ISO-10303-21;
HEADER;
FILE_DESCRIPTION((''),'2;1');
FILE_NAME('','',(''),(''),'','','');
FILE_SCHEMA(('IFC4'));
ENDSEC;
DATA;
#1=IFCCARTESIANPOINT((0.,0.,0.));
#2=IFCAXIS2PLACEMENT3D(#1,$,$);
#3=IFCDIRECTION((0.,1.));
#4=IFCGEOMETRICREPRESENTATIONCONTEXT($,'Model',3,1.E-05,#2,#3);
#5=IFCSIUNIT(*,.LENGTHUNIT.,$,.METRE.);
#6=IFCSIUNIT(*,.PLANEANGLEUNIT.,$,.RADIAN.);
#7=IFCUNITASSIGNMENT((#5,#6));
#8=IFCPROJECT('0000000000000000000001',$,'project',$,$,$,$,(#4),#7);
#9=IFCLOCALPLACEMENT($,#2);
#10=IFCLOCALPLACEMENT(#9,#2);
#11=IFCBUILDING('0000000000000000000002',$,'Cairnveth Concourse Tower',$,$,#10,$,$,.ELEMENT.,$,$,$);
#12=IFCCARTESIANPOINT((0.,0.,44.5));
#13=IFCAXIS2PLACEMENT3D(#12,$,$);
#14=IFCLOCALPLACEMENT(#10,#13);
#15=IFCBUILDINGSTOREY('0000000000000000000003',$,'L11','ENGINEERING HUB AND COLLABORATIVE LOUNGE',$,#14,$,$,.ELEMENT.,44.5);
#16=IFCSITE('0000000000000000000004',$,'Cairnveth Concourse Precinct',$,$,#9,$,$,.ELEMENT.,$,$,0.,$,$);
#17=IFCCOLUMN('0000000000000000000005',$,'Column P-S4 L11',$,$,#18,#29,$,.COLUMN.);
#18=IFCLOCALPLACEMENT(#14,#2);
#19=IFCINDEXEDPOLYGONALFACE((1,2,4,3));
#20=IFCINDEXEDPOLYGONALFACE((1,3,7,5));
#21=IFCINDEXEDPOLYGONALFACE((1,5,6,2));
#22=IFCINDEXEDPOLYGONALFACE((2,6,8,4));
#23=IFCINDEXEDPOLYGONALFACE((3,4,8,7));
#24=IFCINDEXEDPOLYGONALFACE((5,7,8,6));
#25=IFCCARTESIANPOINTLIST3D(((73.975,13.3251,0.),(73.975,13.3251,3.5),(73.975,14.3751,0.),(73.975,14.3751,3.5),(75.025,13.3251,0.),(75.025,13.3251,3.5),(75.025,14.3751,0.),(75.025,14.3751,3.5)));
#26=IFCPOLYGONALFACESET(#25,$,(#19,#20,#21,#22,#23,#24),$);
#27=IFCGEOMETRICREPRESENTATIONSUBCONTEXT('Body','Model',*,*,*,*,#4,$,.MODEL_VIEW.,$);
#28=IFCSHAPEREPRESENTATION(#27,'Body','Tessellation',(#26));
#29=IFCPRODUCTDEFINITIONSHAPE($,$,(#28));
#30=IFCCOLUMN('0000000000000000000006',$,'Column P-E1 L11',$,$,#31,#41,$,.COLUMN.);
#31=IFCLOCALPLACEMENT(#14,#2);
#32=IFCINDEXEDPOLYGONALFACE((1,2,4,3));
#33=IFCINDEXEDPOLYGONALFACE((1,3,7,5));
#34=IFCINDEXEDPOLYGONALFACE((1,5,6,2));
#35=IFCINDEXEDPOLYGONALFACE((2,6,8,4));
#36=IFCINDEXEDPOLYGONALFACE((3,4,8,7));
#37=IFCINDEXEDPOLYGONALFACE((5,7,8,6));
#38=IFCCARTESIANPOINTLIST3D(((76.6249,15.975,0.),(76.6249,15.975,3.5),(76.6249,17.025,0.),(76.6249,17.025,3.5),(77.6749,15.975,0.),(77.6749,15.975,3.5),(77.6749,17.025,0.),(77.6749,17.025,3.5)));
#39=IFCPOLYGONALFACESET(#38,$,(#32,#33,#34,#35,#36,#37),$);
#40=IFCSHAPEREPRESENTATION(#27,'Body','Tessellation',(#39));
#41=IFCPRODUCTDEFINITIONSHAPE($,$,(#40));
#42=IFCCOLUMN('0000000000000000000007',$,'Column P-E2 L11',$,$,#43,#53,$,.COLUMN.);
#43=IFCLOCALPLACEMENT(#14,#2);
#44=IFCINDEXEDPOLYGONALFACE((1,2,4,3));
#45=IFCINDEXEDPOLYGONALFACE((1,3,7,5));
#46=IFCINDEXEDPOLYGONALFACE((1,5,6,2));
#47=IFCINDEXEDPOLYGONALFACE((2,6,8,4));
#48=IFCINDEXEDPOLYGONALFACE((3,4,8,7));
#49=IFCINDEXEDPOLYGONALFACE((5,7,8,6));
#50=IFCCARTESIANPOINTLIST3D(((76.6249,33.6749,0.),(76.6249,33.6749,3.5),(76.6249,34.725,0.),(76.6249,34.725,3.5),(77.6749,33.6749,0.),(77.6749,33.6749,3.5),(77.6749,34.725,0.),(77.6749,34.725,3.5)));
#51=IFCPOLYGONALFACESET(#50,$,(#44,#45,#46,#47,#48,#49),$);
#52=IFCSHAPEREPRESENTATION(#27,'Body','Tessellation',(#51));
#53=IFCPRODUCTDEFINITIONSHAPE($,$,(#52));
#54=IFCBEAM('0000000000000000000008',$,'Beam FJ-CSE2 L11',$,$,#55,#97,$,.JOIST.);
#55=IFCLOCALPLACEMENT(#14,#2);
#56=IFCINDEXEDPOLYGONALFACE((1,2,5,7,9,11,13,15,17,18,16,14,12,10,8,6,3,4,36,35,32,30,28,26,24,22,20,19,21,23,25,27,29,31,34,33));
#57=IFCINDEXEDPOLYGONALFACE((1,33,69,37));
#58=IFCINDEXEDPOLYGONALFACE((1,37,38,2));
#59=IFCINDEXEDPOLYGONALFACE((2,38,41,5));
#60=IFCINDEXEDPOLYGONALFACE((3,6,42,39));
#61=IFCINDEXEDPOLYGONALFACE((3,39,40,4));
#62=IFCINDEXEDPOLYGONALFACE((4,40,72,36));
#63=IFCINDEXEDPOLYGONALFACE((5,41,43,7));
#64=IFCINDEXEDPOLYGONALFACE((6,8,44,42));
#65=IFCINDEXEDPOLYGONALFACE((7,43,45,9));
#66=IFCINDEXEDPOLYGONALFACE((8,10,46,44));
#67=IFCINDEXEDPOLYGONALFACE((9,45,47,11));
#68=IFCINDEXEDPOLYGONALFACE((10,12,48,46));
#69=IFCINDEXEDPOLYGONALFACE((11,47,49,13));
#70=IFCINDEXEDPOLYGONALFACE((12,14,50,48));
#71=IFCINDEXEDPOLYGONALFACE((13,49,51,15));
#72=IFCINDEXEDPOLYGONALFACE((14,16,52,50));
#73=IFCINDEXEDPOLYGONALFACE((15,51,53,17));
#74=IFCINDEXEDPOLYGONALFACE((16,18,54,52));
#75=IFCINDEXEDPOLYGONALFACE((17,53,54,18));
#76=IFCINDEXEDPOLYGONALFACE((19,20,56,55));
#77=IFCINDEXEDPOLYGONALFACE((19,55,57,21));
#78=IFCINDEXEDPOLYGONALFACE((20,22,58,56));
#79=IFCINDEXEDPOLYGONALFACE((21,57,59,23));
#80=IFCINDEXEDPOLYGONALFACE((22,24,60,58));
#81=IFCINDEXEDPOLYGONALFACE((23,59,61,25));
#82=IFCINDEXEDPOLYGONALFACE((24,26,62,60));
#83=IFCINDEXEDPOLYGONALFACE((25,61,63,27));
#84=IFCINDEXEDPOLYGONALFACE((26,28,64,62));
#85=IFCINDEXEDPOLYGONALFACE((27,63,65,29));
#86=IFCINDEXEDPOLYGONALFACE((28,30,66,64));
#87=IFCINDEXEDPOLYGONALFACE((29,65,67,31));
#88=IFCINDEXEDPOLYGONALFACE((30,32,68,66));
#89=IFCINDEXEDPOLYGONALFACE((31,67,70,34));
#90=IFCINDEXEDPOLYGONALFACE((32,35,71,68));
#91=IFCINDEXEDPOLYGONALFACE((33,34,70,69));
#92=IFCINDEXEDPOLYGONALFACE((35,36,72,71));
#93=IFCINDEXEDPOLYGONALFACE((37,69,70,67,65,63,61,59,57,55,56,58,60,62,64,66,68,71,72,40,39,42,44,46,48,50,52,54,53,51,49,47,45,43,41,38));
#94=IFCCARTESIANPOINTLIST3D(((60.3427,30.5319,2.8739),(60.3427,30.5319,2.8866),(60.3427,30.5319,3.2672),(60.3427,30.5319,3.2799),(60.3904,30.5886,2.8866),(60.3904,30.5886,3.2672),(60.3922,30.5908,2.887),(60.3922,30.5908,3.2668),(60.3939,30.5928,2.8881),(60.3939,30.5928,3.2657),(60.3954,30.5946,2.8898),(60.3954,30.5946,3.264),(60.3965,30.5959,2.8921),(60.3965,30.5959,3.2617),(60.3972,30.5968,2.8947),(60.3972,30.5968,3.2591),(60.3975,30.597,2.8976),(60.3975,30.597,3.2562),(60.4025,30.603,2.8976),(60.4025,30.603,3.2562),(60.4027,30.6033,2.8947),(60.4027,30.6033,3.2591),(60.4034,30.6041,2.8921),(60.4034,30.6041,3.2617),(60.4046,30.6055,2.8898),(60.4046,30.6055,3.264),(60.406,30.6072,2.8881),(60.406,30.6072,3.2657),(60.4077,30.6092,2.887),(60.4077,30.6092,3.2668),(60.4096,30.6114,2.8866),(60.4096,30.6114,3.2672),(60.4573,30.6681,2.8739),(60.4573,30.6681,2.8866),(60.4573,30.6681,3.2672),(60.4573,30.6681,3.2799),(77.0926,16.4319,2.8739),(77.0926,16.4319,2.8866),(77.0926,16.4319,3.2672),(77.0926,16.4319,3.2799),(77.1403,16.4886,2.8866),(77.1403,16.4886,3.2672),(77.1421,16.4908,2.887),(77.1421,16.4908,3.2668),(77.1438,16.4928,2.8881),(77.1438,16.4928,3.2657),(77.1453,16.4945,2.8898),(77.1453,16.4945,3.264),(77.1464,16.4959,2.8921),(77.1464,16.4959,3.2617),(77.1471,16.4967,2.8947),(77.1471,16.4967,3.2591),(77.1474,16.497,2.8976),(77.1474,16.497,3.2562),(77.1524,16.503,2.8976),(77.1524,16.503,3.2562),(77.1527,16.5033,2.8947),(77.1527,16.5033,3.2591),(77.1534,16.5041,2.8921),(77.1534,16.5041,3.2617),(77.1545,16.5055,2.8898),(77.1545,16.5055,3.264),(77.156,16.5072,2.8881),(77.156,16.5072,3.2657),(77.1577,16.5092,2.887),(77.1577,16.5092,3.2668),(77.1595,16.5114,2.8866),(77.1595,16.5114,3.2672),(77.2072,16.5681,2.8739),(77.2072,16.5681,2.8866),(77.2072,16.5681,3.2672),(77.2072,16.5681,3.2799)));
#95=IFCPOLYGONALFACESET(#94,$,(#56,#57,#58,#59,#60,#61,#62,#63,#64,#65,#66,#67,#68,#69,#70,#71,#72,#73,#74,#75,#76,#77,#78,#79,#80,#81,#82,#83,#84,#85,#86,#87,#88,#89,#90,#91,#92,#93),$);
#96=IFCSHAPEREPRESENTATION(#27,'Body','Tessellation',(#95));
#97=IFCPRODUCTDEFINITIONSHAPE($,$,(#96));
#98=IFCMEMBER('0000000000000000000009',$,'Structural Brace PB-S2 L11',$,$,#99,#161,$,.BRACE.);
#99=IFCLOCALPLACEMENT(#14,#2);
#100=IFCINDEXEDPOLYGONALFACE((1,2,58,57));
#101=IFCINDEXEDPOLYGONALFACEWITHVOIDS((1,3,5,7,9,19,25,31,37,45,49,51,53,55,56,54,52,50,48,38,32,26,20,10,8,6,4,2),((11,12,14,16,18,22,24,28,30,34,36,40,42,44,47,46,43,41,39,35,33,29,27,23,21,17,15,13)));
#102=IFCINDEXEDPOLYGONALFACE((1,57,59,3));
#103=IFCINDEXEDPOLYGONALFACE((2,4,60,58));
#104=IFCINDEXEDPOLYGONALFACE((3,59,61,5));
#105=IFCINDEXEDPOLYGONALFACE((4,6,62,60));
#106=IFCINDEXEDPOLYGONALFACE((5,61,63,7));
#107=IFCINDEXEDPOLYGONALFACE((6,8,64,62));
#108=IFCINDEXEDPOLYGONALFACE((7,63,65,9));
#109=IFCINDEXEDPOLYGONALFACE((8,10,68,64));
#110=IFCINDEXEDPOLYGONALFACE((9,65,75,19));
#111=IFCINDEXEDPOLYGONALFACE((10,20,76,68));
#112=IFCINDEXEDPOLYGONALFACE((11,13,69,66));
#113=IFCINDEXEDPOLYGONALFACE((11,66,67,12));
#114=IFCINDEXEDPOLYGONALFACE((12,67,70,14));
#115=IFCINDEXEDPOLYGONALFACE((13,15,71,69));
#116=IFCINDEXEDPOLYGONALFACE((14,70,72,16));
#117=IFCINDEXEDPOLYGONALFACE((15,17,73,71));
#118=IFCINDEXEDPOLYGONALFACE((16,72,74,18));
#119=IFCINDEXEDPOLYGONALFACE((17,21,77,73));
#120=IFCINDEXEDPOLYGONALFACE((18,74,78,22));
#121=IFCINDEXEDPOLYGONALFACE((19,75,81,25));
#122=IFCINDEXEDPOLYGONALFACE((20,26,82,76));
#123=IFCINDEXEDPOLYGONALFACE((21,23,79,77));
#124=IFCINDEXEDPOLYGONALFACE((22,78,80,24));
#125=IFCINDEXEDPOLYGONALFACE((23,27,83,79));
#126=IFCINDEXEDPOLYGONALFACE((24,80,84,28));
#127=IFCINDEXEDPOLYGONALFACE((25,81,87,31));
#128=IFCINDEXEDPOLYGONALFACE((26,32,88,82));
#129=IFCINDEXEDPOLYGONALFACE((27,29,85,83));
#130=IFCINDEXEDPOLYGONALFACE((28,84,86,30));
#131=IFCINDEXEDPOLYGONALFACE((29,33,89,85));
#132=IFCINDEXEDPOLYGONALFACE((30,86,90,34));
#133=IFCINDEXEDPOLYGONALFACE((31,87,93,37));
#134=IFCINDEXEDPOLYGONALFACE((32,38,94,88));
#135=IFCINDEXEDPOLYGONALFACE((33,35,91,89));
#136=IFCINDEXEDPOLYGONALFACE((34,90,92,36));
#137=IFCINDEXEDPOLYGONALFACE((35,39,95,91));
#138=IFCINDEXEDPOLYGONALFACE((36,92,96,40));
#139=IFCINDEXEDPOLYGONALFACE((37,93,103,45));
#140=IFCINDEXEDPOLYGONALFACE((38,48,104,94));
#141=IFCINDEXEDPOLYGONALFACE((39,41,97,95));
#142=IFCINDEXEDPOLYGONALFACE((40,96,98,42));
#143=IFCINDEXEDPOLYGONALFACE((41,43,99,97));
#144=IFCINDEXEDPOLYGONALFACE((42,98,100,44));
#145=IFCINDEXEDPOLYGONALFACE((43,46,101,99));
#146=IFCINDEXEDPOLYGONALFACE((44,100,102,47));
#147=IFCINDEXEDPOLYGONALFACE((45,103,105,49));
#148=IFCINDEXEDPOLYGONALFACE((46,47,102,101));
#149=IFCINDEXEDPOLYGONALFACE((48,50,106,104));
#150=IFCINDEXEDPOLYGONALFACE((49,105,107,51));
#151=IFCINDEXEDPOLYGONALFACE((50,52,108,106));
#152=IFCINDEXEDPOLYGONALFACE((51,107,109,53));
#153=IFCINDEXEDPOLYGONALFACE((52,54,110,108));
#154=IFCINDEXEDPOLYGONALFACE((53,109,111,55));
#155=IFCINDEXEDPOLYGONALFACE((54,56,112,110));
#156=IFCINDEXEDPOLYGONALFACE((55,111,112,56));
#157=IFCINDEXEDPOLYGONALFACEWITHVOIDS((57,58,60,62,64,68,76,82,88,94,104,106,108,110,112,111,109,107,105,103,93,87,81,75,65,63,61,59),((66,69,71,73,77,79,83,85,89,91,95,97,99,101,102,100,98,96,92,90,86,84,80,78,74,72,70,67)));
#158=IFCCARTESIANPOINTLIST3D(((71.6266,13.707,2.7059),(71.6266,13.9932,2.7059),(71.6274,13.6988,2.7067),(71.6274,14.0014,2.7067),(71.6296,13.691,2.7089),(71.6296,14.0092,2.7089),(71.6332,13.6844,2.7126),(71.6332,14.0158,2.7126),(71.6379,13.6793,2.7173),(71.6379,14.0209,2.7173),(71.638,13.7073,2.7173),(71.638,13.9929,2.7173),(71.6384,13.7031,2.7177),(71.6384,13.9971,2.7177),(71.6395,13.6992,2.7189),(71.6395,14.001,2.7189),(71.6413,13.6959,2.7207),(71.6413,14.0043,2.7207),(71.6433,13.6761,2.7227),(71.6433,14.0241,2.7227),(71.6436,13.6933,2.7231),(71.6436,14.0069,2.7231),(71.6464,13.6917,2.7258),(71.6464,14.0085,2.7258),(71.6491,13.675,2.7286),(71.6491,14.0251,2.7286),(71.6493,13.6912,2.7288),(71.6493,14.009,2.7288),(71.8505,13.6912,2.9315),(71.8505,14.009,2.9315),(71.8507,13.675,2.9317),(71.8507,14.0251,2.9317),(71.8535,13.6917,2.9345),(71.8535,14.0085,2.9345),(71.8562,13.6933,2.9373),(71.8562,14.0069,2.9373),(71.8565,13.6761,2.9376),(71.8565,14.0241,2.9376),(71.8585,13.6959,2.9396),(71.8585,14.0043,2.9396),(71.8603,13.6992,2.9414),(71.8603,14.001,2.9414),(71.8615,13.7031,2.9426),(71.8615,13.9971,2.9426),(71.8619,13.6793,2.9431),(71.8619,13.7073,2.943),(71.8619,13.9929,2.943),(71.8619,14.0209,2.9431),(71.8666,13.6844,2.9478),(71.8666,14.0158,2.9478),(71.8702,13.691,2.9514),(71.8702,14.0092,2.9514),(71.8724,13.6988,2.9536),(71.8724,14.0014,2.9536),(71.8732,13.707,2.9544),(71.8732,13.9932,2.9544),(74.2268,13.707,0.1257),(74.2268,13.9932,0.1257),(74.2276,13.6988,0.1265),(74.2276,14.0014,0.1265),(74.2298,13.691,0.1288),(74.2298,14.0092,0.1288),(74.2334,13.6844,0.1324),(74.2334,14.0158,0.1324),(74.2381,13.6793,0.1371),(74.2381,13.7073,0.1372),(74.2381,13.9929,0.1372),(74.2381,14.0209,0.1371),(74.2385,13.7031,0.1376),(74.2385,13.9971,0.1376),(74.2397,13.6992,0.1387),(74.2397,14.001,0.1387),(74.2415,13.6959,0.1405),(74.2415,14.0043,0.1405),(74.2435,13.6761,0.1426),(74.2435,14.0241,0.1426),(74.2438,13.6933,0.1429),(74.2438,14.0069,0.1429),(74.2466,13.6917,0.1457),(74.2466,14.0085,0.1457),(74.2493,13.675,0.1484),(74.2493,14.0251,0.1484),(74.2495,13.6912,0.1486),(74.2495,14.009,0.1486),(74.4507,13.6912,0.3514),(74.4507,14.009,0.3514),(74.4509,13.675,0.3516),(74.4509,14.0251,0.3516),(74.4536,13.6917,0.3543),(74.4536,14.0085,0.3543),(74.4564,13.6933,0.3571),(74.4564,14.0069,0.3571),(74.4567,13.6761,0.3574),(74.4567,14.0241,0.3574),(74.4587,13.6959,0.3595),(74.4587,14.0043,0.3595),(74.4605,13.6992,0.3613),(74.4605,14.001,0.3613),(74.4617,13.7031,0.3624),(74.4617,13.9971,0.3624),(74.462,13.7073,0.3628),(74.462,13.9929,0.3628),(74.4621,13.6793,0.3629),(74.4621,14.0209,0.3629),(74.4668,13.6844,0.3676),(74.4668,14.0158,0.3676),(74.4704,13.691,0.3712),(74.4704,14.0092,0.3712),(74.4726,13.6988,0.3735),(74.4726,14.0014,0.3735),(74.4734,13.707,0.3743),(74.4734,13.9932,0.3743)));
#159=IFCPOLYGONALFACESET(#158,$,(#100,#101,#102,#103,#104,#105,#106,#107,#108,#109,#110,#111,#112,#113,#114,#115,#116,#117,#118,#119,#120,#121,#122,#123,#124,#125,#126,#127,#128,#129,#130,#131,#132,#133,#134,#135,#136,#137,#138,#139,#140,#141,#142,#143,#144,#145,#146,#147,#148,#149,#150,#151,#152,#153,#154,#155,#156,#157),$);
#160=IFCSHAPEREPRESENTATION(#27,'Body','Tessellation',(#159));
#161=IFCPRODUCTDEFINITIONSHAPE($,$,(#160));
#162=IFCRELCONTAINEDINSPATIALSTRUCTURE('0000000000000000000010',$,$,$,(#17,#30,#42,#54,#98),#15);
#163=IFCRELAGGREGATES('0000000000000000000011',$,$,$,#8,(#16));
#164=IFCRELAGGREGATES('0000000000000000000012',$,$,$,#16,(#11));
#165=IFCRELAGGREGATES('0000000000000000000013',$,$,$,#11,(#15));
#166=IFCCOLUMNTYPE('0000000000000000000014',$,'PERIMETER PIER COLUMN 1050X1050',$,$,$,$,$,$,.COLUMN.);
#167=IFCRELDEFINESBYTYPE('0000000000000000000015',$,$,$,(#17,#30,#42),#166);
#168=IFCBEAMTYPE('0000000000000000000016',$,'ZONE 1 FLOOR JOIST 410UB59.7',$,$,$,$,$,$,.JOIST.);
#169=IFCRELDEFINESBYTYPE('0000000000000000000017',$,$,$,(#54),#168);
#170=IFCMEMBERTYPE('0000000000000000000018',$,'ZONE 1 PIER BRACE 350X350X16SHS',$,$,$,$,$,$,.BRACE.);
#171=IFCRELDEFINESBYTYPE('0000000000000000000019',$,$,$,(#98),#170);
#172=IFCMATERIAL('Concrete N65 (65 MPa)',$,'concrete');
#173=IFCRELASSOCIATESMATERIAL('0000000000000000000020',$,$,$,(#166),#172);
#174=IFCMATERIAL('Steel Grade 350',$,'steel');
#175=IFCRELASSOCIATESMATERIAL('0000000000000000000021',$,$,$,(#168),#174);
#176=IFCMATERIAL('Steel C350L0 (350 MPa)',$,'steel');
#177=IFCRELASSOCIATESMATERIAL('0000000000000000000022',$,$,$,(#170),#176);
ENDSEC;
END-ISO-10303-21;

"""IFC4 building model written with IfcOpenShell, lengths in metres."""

from ifc_helpers import new_model, si_unit, direction, frame, origin, origin_2d, place, context, subcontext, project, spatial, rectangle, hollow_rectangle, i_section, extrude, material, material_profile, profile_set, type_object, element, save


model = new_model("IFC4")

# Units and contexts
model_context = context("Model", 3, precision=1e-05, world=origin(), true_north=direction((0.0, 1.0)))
body_context = subcontext(model_context, "Body", "Model", "MODEL_VIEW")
ifc_project = project(units=[si_unit("LENGTHUNIT", "METRE"), si_unit("PLANEANGLEUNIT", "RADIAN")], contexts=[model_context])

# Site, building, storey
site_placement = place(None, origin())
site = spatial("IfcSite", under=ifc_project, at=site_placement, Name="Cairnveth Concourse Precinct", CompositionType="ELEMENT", RefElevation=0.0)
building_placement = place(site_placement, origin())
building = spatial("IfcBuilding", under=site, at=building_placement, Name="Cairnveth Concourse Tower", CompositionType="ELEMENT")
storey_placement = place(building_placement, frame((0.0, 0.0, 44.5)))
storey = spatial("IfcBuildingStorey", under=building, at=storey_placement, Name="L11", Description="ENGINEERING HUB AND COLLABORATIVE LOUNGE", CompositionType="ELEMENT", Elevation=44.5)

# Columns
ifc_material_1 = material(Name="Concrete N65 (65 MPa)", Category="concrete")
ifc_material_profile_1 = material_profile(ifc_material_1, rectangle(XDim=1.05, YDim=1.05, at=origin_2d()), Name="RC-COL-1050x1050")
ifc_profile_set_1 = profile_set([ifc_material_profile_1], Name="Concrete N65 (65 MPa)")
column_type = type_object("IfcColumnType", Name="PERIMETER PIER COLUMN 1050X1050", PredefinedType="COLUMN", material=ifc_profile_set_1)
for number, where, z_axis, x_axis, name in (
    (1, (74.5, 13.8501, 0.0), (0.0, 0.0, 1.0), (1.0, 0.0, 0.0), "Column P-S4 L11"),
    (2, (77.1499, 16.5, 0.0), (0.0, 0.0, 1.0), (0.0, 1.0, 0.0), "Column P-E1 L11"),
    (3, (77.1499, 34.2, 0.0), (0.0, 0.0, 1.0), (0.0, 1.0, 0.0), "Column P-E2 L11"),
):
    element("IfcColumn", number, at=place(storey_placement, frame(where, z_axis=z_axis, x_axis=x_axis)), inside=storey, type_object=column_type, Name=name, PredefinedType="COLUMN", context=body_context, shape_type="SweptSolid", body=[
        extrude(rectangle(XDim=1.05, YDim=1.05, at=origin_2d()), origin(), (0.0, 0.0, 1.0), 3.5),
    ])

# Beam
ifc_material_2 = material(Name="Steel Grade 350", Category="steel")
ifc_material_profile_2 = material_profile(ifc_material_2, i_section(OverallWidth=0.178, OverallDepth=0.406, WebThickness=0.0078, FlangeThickness=0.0127, FilletRadius=0.011, at=origin_2d()), Name="410UB59.7")
ifc_profile_set_2 = profile_set([ifc_material_profile_2], Name="Steel Grade 350")
beam_type_1 = type_object("IfcBeamType", Name="ZONE 1 FLOOR JOIST 410UB59.7", PredefinedType="JOIST", material=ifc_profile_set_2)
beam_1_placement = place(storey_placement, frame((77.1499, 16.5, 3.0769), z_axis=(-0.765027, 0.643998, 0.0), x_axis=(-0.643998, -0.765027, 0.0)))
element("IfcBeam", 4, at=beam_1_placement, inside=storey, type_object=beam_type_1, Name="Beam FJ-CSE2 L11", PredefinedType="JOIST", context=body_context, shape_type="SweptSolid", body=[
    extrude(i_section(OverallWidth=0.178, OverallDepth=0.406, WebThickness=0.0078, FlangeThickness=0.0127, FilletRadius=0.011, at=origin_2d()), origin(), (0.0, 0.0, 1.0), 21.8945),
])

# Member
ifc_material_3 = material(Name="Steel C350L0 (350 MPa)", Category="steel")
ifc_material_profile_3 = material_profile(ifc_material_3, hollow_rectangle(XDim=0.3501, YDim=0.3501, WallThickness=0.0161, InnerFilletRadius=0.0161, OuterFilletRadius=0.032, at=origin_2d()), Name="350x350x16.0SHS")
ifc_profile_set_3 = profile_set([ifc_material_profile_3], Name="Steel C350L0 (350 MPa)")
member_type = type_object("IfcMemberType", Name="ZONE 1 PIER BRACE 350X350X16SHS", PredefinedType="BRACE", material=ifc_profile_set_3)
for number, where, z_axis, x_axis, name in (
    (5, (74.3501, 13.8501, 0.25), (-0.709834, 0.0, 0.704369), (0.0, -1.0, 0.0), "Structural Brace PB-S2 L11"),
):
    element("IfcMember", number, at=place(storey_placement, frame(where, z_axis=z_axis, x_axis=x_axis)), inside=storey, type_object=member_type, Name=name, PredefinedType="BRACE", context=body_context, shape_type="SweptSolid", body=[
        extrude(hollow_rectangle(XDim=0.3501, YDim=0.3501, WallThickness=0.0161, InnerFilletRadius=0.0161, OuterFilletRadius=0.032, at=origin_2d()), origin(), (0.0, 0.0, 1.0), 3.6631),
    ])

save(model, "model.ifc")
